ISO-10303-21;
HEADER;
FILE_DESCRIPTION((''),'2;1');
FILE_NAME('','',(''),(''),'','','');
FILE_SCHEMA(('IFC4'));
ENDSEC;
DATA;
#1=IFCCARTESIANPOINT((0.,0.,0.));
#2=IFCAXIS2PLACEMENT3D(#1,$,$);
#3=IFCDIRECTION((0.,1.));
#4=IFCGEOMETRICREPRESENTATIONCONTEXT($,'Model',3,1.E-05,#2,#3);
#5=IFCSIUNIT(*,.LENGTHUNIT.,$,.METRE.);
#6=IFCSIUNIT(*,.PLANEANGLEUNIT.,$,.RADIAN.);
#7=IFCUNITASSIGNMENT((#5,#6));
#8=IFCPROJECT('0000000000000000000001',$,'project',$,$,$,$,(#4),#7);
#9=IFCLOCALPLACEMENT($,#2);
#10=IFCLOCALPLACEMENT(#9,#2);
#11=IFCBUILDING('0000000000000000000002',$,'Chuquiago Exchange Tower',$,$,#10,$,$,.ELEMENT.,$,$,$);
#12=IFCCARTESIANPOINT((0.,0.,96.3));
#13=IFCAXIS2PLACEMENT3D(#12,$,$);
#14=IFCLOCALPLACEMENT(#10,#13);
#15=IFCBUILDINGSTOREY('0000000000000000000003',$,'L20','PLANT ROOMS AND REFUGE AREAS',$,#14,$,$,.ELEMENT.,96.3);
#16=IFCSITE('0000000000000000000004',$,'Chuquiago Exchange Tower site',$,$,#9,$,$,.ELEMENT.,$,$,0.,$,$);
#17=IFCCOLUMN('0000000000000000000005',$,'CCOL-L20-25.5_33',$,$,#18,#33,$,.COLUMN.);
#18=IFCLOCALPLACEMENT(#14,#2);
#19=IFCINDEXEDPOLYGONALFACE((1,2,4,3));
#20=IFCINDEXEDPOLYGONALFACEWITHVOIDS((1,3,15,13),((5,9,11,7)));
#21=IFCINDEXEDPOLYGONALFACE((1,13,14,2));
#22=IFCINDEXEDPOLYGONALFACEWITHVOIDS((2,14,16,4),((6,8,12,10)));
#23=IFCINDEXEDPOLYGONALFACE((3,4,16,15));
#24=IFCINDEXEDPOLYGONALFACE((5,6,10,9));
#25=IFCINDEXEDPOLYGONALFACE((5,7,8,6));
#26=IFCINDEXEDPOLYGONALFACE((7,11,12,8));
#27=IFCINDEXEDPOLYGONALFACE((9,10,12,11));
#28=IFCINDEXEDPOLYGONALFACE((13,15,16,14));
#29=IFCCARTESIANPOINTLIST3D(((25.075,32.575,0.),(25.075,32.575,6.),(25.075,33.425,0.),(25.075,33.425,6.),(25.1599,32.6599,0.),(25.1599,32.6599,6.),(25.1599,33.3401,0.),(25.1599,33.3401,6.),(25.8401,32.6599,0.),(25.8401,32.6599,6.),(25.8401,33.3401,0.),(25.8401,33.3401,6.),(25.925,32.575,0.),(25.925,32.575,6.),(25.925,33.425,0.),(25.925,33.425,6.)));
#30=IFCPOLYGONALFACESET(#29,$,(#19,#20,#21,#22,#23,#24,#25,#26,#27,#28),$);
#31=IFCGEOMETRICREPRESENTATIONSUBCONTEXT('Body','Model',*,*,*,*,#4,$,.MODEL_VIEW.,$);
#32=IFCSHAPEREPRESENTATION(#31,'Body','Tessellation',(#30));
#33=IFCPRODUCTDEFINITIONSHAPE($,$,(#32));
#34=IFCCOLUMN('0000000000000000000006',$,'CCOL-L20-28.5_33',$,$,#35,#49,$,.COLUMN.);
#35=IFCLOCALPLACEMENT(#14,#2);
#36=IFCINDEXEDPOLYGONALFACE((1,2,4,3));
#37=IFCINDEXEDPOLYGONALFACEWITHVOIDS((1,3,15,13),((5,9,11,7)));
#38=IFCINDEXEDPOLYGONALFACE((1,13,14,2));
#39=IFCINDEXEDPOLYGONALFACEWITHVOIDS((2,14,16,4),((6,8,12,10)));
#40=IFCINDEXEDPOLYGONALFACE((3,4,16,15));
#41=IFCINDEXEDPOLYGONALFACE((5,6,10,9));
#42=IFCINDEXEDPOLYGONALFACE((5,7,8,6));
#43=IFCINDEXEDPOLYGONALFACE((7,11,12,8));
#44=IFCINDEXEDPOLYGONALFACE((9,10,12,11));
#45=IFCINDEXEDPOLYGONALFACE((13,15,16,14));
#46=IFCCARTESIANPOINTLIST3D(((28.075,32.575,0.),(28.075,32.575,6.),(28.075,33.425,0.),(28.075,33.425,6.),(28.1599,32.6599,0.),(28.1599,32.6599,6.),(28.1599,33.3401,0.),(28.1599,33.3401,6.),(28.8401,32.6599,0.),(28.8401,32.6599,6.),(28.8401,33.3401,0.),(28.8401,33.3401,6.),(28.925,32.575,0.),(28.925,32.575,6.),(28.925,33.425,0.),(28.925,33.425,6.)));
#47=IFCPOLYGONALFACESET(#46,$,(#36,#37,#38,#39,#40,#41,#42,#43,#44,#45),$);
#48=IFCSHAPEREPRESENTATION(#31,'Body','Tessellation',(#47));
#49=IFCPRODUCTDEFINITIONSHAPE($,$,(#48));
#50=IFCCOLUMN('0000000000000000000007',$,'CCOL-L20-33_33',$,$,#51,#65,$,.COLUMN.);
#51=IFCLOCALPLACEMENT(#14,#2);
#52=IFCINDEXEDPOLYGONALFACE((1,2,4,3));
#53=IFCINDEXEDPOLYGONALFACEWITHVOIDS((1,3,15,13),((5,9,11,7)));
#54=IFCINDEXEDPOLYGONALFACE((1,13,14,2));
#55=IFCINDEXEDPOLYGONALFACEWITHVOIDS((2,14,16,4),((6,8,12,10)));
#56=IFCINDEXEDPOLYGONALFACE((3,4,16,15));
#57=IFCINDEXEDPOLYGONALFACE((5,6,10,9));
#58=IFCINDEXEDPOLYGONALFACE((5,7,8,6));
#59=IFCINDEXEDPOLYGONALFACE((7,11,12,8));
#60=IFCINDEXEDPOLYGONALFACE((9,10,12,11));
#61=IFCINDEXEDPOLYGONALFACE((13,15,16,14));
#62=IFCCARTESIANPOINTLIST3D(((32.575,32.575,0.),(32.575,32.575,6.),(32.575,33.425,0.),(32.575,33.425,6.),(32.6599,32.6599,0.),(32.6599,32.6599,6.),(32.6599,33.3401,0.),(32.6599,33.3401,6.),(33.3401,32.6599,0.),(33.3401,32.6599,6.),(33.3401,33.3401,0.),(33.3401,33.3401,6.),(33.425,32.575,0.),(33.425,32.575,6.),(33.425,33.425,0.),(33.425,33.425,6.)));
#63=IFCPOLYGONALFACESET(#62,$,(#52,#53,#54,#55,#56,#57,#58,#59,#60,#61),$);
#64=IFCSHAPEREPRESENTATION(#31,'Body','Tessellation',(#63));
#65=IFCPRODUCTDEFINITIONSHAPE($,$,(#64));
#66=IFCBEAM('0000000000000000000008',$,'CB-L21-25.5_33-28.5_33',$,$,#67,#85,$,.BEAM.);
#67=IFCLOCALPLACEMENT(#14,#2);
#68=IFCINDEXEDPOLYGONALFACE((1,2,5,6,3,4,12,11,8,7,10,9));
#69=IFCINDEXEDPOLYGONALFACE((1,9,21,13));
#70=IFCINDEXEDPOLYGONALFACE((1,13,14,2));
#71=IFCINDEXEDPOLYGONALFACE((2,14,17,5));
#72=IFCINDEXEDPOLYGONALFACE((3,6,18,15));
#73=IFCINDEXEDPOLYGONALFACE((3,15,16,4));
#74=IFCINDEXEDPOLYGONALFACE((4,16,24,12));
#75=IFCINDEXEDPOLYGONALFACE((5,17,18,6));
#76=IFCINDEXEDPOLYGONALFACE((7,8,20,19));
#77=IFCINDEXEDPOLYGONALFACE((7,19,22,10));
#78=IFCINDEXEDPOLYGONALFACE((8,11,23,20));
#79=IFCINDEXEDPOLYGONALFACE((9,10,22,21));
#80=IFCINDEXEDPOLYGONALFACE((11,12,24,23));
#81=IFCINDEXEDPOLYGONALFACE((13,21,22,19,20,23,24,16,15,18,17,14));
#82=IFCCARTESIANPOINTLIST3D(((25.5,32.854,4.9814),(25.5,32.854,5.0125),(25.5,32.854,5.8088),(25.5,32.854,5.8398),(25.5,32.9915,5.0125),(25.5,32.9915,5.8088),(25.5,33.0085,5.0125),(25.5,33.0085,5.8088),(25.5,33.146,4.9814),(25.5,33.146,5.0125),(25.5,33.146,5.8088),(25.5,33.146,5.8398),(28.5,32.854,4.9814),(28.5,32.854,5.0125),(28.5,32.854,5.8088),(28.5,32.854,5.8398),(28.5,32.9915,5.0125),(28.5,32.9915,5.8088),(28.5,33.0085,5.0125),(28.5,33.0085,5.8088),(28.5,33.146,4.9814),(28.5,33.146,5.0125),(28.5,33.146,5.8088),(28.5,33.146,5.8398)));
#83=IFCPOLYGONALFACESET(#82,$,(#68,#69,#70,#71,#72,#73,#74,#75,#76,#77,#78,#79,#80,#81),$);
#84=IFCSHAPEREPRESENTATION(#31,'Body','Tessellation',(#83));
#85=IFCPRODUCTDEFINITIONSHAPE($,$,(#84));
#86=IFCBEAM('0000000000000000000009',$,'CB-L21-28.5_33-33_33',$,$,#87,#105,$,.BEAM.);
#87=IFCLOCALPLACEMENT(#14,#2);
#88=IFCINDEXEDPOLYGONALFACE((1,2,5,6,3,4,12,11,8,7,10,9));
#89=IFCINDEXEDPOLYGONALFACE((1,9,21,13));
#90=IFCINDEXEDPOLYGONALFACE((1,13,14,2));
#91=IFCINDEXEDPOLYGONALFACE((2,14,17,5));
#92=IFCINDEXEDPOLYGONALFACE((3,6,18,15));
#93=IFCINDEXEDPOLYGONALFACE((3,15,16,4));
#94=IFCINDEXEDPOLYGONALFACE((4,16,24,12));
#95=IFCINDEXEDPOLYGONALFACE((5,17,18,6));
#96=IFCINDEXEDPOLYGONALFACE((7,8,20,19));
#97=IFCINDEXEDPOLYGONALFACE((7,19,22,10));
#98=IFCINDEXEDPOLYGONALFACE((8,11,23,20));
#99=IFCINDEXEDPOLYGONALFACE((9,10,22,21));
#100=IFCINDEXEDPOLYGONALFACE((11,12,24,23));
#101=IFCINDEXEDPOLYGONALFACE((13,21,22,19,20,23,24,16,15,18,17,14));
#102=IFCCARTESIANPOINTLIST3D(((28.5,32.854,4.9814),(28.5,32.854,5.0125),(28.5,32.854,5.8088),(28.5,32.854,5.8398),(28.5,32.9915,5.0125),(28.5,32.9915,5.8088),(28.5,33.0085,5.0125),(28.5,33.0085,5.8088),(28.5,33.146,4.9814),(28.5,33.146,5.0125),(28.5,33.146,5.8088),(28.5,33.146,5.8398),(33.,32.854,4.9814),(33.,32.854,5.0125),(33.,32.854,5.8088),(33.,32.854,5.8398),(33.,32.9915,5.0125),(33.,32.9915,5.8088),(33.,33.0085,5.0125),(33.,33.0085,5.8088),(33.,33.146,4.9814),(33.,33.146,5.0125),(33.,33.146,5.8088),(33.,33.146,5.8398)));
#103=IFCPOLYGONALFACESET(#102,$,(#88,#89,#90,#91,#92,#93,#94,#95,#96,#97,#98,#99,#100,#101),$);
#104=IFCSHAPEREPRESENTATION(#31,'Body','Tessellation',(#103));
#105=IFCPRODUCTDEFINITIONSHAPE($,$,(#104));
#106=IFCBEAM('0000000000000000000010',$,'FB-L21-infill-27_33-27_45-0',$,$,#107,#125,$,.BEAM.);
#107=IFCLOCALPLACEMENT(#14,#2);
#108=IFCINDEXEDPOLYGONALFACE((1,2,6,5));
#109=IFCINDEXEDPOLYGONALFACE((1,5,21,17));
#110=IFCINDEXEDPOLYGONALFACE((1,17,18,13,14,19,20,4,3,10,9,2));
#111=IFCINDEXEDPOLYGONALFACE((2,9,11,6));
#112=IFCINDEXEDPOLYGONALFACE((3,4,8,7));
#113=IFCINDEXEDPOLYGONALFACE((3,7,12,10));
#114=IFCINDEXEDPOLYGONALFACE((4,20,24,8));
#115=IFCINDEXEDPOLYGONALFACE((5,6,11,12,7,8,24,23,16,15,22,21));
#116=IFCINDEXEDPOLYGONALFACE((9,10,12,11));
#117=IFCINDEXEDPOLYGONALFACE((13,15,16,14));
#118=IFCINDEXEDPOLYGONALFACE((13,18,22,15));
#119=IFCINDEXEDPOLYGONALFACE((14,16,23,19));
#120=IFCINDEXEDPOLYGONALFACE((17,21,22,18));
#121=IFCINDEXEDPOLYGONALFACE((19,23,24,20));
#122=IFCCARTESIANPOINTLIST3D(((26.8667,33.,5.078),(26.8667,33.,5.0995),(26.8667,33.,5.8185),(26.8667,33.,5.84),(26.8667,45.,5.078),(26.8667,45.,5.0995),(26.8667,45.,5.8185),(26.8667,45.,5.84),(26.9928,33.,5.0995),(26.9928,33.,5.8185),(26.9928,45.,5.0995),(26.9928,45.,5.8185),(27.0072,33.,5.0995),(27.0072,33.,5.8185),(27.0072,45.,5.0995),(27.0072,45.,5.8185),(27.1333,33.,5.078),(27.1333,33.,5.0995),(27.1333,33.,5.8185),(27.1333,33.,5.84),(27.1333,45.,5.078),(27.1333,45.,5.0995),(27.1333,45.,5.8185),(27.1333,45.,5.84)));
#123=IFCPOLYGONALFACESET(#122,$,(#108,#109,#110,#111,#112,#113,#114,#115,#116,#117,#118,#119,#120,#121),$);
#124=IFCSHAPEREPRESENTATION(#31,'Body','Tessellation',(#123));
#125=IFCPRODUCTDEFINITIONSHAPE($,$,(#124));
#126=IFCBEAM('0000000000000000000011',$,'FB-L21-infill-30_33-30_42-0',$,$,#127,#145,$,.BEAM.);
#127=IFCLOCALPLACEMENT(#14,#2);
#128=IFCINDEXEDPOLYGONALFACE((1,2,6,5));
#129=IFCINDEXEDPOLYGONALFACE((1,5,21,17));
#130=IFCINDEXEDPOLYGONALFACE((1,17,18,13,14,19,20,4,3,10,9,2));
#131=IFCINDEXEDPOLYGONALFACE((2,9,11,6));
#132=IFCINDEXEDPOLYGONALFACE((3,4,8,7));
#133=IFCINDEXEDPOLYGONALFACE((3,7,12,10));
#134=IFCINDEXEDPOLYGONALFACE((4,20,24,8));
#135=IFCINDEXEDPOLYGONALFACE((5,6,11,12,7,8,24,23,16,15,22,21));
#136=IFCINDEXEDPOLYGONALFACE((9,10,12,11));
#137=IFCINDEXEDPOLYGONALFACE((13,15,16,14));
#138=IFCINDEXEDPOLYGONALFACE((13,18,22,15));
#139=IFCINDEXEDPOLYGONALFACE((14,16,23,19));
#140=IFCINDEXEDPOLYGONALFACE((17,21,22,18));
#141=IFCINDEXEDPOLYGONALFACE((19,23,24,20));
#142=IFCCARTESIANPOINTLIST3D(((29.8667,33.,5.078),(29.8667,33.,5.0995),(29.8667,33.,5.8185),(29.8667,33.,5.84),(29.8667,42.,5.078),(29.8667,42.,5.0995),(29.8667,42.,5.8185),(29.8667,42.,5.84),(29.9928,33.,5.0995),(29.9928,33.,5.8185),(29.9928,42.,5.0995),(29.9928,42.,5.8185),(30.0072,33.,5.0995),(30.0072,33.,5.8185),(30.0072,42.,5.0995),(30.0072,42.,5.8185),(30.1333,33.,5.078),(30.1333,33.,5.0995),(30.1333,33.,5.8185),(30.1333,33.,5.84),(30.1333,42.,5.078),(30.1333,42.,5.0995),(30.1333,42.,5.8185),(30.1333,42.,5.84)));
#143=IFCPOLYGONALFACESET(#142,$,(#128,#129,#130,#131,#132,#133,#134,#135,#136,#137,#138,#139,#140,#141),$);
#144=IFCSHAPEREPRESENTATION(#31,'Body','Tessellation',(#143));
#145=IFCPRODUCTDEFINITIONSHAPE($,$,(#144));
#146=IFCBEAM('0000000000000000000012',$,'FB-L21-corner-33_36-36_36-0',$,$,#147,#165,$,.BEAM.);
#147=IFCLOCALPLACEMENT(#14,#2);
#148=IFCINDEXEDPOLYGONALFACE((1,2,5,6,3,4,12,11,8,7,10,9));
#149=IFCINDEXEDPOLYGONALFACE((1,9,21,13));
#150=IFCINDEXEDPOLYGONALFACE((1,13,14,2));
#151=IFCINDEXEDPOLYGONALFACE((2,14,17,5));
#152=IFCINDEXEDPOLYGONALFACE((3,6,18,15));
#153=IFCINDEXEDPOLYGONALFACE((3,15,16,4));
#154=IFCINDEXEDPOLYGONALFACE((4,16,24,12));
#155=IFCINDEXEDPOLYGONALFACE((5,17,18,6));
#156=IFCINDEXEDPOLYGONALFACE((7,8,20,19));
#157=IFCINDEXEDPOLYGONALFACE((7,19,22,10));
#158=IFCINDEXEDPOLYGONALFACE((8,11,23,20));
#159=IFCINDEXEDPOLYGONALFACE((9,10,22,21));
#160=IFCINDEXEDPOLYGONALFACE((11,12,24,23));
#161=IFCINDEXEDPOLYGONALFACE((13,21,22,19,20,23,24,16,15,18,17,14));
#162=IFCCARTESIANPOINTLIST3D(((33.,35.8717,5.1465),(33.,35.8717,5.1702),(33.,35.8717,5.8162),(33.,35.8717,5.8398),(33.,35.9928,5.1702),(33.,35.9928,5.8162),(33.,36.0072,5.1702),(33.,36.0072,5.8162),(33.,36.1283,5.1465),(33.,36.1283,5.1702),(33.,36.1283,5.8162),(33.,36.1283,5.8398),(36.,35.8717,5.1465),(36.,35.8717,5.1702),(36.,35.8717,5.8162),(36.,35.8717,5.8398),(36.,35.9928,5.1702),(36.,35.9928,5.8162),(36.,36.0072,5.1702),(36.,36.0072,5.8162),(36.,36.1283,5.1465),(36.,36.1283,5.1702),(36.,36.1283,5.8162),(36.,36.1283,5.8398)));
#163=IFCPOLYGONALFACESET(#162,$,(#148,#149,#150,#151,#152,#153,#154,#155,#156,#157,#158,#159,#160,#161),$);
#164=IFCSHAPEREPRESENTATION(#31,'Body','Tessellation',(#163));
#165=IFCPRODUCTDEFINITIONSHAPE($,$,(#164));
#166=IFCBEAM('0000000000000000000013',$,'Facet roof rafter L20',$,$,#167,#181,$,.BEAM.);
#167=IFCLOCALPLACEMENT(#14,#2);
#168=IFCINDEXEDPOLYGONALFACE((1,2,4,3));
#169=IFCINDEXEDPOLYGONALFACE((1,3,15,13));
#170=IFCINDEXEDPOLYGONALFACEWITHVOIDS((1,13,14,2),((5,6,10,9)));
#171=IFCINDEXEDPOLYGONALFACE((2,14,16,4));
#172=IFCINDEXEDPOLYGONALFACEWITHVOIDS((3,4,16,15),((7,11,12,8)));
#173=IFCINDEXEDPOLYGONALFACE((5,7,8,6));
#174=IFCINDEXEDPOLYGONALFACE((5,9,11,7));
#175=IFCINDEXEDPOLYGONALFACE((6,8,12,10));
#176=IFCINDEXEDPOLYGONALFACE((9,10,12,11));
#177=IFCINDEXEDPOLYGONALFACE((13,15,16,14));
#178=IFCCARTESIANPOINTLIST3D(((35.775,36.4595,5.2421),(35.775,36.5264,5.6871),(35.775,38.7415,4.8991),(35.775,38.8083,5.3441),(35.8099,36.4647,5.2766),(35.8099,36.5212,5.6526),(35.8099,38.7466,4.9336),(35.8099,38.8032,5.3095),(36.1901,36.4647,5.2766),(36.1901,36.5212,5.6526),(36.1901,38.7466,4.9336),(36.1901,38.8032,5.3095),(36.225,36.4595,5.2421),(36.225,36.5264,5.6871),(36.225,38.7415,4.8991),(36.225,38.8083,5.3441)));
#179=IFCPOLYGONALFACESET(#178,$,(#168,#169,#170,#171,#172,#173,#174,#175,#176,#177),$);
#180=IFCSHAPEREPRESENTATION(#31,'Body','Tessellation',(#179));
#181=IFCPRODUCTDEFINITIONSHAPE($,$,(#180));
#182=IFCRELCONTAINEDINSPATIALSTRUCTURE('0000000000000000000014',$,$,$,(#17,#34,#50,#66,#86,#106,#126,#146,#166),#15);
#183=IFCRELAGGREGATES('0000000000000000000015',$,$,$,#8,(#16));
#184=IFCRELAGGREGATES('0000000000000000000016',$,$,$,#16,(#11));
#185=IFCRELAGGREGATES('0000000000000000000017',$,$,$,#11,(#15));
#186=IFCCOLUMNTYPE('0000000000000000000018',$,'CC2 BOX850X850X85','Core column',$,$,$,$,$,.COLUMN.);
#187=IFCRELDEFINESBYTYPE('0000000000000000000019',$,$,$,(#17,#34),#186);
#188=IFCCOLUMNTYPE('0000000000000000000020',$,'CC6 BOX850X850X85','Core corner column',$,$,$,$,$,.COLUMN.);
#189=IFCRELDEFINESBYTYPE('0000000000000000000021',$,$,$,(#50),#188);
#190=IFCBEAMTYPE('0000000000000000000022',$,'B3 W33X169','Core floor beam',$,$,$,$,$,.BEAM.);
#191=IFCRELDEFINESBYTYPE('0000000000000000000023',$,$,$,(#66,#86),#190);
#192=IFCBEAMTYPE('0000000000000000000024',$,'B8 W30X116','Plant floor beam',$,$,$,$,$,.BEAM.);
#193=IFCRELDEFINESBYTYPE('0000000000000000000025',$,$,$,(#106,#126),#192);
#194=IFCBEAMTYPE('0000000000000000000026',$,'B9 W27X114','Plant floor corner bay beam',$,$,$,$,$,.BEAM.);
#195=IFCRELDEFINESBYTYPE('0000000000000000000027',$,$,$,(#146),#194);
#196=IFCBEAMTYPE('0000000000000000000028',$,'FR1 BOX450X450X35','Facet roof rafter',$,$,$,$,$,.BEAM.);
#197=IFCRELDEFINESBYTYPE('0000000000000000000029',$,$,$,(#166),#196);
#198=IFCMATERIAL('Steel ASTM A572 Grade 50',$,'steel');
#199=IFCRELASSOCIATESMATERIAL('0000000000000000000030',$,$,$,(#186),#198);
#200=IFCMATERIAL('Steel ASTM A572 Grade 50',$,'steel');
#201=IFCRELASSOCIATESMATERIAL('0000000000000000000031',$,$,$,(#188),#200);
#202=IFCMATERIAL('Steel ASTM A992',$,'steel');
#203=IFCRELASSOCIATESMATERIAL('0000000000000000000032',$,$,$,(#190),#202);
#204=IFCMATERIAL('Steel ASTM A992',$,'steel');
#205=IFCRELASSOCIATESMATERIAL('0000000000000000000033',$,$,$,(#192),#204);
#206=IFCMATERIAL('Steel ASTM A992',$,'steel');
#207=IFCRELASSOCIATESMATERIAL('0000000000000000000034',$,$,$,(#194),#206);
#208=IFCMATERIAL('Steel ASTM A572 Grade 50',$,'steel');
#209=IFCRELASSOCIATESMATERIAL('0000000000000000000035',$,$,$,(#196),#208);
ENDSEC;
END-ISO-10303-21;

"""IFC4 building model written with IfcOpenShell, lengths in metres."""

from ifc_helpers import new_model, si_unit, direction, frame, origin, origin_2d, place, context, subcontext, project, spatial, hollow_rectangle, i_section, extrude, material, material_profile, profile_set, type_object, element, save


model = new_model("IFC4")

# Units and contexts
model_context = context("Model", 3, precision=1e-05, world=origin(), true_north=direction((0.0, 1.0)))
body_context = subcontext(model_context, "Body", "Model", "MODEL_VIEW")
ifc_project = project(units=[si_unit("LENGTHUNIT", "METRE"), si_unit("PLANEANGLEUNIT", "RADIAN")], contexts=[model_context])

# Site, building, storey
site_placement = place(None, origin())
site = spatial("IfcSite", under=ifc_project, at=site_placement, Name="Chuquiago Exchange Tower site", CompositionType="ELEMENT", RefElevation=0.0)
building_placement = place(site_placement, origin())
building = spatial("IfcBuilding", under=site, at=building_placement, Name="Chuquiago Exchange Tower", CompositionType="ELEMENT")
storey_placement = place(building_placement, frame((0.0, 0.0, 96.3)))
storey = spatial("IfcBuildingStorey", under=building, at=storey_placement, Name="L20", Description="PLANT ROOMS AND REFUGE AREAS", CompositionType="ELEMENT", Elevation=96.3)

# Columns
ifc_material_1 = material(Name="Steel ASTM A572 Grade 50", Category="steel")
ifc_material_profile_1 = material_profile(ifc_material_1, hollow_rectangle(XDim=0.8501, YDim=0.8501, WallThickness=0.085, at=origin_2d()), Name="BOX850X850X85")
ifc_profile_set_1 = profile_set([ifc_material_profile_1], Name="Steel ASTM A572 Grade 50")
column_type_1 = type_object("IfcColumnType", Name="CC2 BOX850X850X85", Description="Core column", PredefinedType="COLUMN", material=ifc_profile_set_1)
for number, where, z_axis, x_axis, name in (
    (1, (25.5, 33.0, 0.0), (0.0, 0.0, 1.0), (1.0, 0.0, 0.0), "CCOL-L20-25.5_33"),
    (2, (28.5, 33.0, 0.0), (0.0, 0.0, 1.0), (1.0, 0.0, 0.0), "CCOL-L20-28.5_33"),
):
    element("IfcColumn", number, at=place(storey_placement, frame(where, z_axis=z_axis, x_axis=x_axis)), inside=storey, type_object=column_type_1, Name=name, PredefinedType="COLUMN", context=body_context, shape_type="SweptSolid", body=[
        extrude(hollow_rectangle(XDim=0.8501, YDim=0.8501, WallThickness=0.085, at=origin_2d()), origin(), (0.0, 0.0, 1.0), 6.0),
    ])
ifc_material_2 = material(Name="Steel ASTM A572 Grade 50", Category="steel")
ifc_material_profile_2 = material_profile(ifc_material_2, hollow_rectangle(XDim=0.8501, YDim=0.8501, WallThickness=0.085, at=origin_2d()), Name="BOX850X850X85")
ifc_profile_set_2 = profile_set([ifc_material_profile_2], Name="Steel ASTM A572 Grade 50")
column_type_2 = type_object("IfcColumnType", Name="CC6 BOX850X850X85", Description="Core corner column", PredefinedType="COLUMN", material=ifc_profile_set_2)
column_placement = place(storey_placement, frame((33.0, 33.0, 0.0), z_axis=(0.0, 0.0, 1.0), x_axis=(1.0, 0.0, 0.0)))
element("IfcColumn", 3, at=column_placement, inside=storey, type_object=column_type_2, Name="CCOL-L20-33_33", PredefinedType="COLUMN", context=body_context, shape_type="SweptSolid", body=[
    extrude(hollow_rectangle(XDim=0.8501, YDim=0.8501, WallThickness=0.085, at=origin_2d()), origin(), (0.0, 0.0, 1.0), 6.0),
])

# Beams
ifc_material_3 = material(Name="Steel ASTM A992", Category="steel")
ifc_material_profile_3 = material_profile(ifc_material_3, i_section(OverallWidth=0.292, OverallDepth=0.8584, WebThickness=0.0171, FlangeThickness=0.031, at=origin_2d()), Name="W33X169")
ifc_profile_set_3 = profile_set([ifc_material_profile_3], Name="Steel ASTM A992")
beam_type_1 = type_object("IfcBeamType", Name="B3 W33X169", Description="Core floor beam", PredefinedType="BEAM", material=ifc_profile_set_3)
beam_1_placement = place(storey_placement, frame((25.5, 33.0, 5.4106), z_axis=(1.0, 0.0, 0.0), x_axis=(0.0, 1.0, 0.0)))
element("IfcBeam", 4, at=beam_1_placement, inside=storey, type_object=beam_type_1, Name="CB-L21-25.5_33-28.5_33", PredefinedType="BEAM", context=body_context, shape_type="SweptSolid", body=[
    extrude(i_section(OverallWidth=0.292, OverallDepth=0.8584, WebThickness=0.0171, FlangeThickness=0.031, at=origin_2d()), origin(), (0.0, 0.0, 1.0), 3.0),
])
beam_2_placement = place(storey_placement, frame((28.5, 33.0, 5.4106), z_axis=(1.0, 0.0, 0.0), x_axis=(0.0, 1.0, 0.0)))
element("IfcBeam", 5, at=beam_2_placement, inside=storey, type_object=beam_type_1, Name="CB-L21-28.5_33-33_33", PredefinedType="BEAM", context=body_context, shape_type="SweptSolid", body=[
    extrude(i_section(OverallWidth=0.292, OverallDepth=0.8584, WebThickness=0.0171, FlangeThickness=0.031, at=origin_2d()), origin(), (0.0, 0.0, 1.0), 4.5),
])
ifc_material_4 = material(Name="Steel ASTM A992", Category="steel")
ifc_material_profile_4 = material_profile(ifc_material_4, i_section(OverallWidth=0.2666, OverallDepth=0.762, WebThickness=0.0144, FlangeThickness=0.0215, at=origin_2d()), Name="W30X116")
ifc_profile_set_4 = profile_set([ifc_material_profile_4], Name="Steel ASTM A992")
beam_type_2 = type_object("IfcBeamType", Name="B8 W30X116", Description="Plant floor beam", PredefinedType="BEAM", material=ifc_profile_set_4)
beam_3_placement = place(storey_placement, frame((27.0, 33.0, 5.459), z_axis=(0.0, 1.0, 0.0), x_axis=(-1.0, 0.0, 0.0)))
element("IfcBeam", 6, at=beam_3_placement, inside=storey, type_object=beam_type_2, Name="FB-L21-infill-27_33-27_45-0", PredefinedType="BEAM", context=body_context, shape_type="SweptSolid", body=[
    extrude(i_section(OverallWidth=0.2666, OverallDepth=0.762, WebThickness=0.0144, FlangeThickness=0.0215, at=origin_2d()), origin(), (0.0, 0.0, 1.0), 12.0),
])
beam_4_placement = place(storey_placement, frame((30.0, 33.0, 5.459), z_axis=(0.0, 1.0, 0.0), x_axis=(-1.0, 0.0, 0.0)))
element("IfcBeam", 7, at=beam_4_placement, inside=storey, type_object=beam_type_2, Name="FB-L21-infill-30_33-30_42-0", PredefinedType="BEAM", context=body_context, shape_type="SweptSolid", body=[
    extrude(i_section(OverallWidth=0.2666, OverallDepth=0.762, WebThickness=0.0144, FlangeThickness=0.0215, at=origin_2d()), origin(), (0.0, 0.0, 1.0), 9.0),
])
ifc_material_5 = material(Name="Steel ASTM A992", Category="steel")
ifc_material_profile_5 = material_profile(ifc_material_5, i_section(OverallWidth=0.2566, OverallDepth=0.6934, WebThickness=0.0144, FlangeThickness=0.0237, at=origin_2d()), Name="W27X114")
ifc_profile_set_5 = profile_set([ifc_material_profile_5], Name="Steel ASTM A992")
beam_type_3 = type_object("IfcBeamType", Name="B9 W27X114", Description="Plant floor corner bay beam", PredefinedType="BEAM", material=ifc_profile_set_5)
beam_5_placement = place(storey_placement, frame((33.0, 36.0, 5.4932), z_axis=(1.0, 0.0, 0.0), x_axis=(0.0, 1.0, 0.0)))
element("IfcBeam", 8, at=beam_5_placement, inside=storey, type_object=beam_type_3, Name="FB-L21-corner-33_36-36_36-0", PredefinedType="BEAM", context=body_context, shape_type="SweptSolid", body=[
    extrude(i_section(OverallWidth=0.2566, OverallDepth=0.6934, WebThickness=0.0144, FlangeThickness=0.0237, at=origin_2d()), origin(), (0.0, 0.0, 1.0), 3.0),
])
ifc_material_6 = material(Name="Steel ASTM A572 Grade 50", Category="steel")
ifc_material_profile_6 = material_profile(ifc_material_6, hollow_rectangle(XDim=0.45, YDim=0.45, WallThickness=0.0349, at=origin_2d()), Name="BOX450X450X35")
ifc_profile_set_6 = profile_set([ifc_material_profile_6], Name="Steel ASTM A572 Grade 50")
beam_type_4 = type_object("IfcBeamType", Name="FR1 BOX450X450X35", Description="Facet roof rafter", PredefinedType="BEAM", material=ifc_profile_set_6)
beam_6_placement = place(storey_placement, frame((36.0, 36.4929, 5.4646), z_axis=(0.0, 0.988891, -0.148646), x_axis=(-1.0, 0.0, 0.0)))
element("IfcBeam", 9, at=beam_6_placement, inside=storey, type_object=beam_type_4, Name="Facet roof rafter L20", PredefinedType="BEAM", context=body_context, shape_type="SweptSolid", body=[
    extrude(hollow_rectangle(XDim=0.45, YDim=0.45, WallThickness=0.0349, at=origin_2d()), origin(), (0.0, 0.0, 1.0), 2.3076),
])

save(model, "model.ifc")
